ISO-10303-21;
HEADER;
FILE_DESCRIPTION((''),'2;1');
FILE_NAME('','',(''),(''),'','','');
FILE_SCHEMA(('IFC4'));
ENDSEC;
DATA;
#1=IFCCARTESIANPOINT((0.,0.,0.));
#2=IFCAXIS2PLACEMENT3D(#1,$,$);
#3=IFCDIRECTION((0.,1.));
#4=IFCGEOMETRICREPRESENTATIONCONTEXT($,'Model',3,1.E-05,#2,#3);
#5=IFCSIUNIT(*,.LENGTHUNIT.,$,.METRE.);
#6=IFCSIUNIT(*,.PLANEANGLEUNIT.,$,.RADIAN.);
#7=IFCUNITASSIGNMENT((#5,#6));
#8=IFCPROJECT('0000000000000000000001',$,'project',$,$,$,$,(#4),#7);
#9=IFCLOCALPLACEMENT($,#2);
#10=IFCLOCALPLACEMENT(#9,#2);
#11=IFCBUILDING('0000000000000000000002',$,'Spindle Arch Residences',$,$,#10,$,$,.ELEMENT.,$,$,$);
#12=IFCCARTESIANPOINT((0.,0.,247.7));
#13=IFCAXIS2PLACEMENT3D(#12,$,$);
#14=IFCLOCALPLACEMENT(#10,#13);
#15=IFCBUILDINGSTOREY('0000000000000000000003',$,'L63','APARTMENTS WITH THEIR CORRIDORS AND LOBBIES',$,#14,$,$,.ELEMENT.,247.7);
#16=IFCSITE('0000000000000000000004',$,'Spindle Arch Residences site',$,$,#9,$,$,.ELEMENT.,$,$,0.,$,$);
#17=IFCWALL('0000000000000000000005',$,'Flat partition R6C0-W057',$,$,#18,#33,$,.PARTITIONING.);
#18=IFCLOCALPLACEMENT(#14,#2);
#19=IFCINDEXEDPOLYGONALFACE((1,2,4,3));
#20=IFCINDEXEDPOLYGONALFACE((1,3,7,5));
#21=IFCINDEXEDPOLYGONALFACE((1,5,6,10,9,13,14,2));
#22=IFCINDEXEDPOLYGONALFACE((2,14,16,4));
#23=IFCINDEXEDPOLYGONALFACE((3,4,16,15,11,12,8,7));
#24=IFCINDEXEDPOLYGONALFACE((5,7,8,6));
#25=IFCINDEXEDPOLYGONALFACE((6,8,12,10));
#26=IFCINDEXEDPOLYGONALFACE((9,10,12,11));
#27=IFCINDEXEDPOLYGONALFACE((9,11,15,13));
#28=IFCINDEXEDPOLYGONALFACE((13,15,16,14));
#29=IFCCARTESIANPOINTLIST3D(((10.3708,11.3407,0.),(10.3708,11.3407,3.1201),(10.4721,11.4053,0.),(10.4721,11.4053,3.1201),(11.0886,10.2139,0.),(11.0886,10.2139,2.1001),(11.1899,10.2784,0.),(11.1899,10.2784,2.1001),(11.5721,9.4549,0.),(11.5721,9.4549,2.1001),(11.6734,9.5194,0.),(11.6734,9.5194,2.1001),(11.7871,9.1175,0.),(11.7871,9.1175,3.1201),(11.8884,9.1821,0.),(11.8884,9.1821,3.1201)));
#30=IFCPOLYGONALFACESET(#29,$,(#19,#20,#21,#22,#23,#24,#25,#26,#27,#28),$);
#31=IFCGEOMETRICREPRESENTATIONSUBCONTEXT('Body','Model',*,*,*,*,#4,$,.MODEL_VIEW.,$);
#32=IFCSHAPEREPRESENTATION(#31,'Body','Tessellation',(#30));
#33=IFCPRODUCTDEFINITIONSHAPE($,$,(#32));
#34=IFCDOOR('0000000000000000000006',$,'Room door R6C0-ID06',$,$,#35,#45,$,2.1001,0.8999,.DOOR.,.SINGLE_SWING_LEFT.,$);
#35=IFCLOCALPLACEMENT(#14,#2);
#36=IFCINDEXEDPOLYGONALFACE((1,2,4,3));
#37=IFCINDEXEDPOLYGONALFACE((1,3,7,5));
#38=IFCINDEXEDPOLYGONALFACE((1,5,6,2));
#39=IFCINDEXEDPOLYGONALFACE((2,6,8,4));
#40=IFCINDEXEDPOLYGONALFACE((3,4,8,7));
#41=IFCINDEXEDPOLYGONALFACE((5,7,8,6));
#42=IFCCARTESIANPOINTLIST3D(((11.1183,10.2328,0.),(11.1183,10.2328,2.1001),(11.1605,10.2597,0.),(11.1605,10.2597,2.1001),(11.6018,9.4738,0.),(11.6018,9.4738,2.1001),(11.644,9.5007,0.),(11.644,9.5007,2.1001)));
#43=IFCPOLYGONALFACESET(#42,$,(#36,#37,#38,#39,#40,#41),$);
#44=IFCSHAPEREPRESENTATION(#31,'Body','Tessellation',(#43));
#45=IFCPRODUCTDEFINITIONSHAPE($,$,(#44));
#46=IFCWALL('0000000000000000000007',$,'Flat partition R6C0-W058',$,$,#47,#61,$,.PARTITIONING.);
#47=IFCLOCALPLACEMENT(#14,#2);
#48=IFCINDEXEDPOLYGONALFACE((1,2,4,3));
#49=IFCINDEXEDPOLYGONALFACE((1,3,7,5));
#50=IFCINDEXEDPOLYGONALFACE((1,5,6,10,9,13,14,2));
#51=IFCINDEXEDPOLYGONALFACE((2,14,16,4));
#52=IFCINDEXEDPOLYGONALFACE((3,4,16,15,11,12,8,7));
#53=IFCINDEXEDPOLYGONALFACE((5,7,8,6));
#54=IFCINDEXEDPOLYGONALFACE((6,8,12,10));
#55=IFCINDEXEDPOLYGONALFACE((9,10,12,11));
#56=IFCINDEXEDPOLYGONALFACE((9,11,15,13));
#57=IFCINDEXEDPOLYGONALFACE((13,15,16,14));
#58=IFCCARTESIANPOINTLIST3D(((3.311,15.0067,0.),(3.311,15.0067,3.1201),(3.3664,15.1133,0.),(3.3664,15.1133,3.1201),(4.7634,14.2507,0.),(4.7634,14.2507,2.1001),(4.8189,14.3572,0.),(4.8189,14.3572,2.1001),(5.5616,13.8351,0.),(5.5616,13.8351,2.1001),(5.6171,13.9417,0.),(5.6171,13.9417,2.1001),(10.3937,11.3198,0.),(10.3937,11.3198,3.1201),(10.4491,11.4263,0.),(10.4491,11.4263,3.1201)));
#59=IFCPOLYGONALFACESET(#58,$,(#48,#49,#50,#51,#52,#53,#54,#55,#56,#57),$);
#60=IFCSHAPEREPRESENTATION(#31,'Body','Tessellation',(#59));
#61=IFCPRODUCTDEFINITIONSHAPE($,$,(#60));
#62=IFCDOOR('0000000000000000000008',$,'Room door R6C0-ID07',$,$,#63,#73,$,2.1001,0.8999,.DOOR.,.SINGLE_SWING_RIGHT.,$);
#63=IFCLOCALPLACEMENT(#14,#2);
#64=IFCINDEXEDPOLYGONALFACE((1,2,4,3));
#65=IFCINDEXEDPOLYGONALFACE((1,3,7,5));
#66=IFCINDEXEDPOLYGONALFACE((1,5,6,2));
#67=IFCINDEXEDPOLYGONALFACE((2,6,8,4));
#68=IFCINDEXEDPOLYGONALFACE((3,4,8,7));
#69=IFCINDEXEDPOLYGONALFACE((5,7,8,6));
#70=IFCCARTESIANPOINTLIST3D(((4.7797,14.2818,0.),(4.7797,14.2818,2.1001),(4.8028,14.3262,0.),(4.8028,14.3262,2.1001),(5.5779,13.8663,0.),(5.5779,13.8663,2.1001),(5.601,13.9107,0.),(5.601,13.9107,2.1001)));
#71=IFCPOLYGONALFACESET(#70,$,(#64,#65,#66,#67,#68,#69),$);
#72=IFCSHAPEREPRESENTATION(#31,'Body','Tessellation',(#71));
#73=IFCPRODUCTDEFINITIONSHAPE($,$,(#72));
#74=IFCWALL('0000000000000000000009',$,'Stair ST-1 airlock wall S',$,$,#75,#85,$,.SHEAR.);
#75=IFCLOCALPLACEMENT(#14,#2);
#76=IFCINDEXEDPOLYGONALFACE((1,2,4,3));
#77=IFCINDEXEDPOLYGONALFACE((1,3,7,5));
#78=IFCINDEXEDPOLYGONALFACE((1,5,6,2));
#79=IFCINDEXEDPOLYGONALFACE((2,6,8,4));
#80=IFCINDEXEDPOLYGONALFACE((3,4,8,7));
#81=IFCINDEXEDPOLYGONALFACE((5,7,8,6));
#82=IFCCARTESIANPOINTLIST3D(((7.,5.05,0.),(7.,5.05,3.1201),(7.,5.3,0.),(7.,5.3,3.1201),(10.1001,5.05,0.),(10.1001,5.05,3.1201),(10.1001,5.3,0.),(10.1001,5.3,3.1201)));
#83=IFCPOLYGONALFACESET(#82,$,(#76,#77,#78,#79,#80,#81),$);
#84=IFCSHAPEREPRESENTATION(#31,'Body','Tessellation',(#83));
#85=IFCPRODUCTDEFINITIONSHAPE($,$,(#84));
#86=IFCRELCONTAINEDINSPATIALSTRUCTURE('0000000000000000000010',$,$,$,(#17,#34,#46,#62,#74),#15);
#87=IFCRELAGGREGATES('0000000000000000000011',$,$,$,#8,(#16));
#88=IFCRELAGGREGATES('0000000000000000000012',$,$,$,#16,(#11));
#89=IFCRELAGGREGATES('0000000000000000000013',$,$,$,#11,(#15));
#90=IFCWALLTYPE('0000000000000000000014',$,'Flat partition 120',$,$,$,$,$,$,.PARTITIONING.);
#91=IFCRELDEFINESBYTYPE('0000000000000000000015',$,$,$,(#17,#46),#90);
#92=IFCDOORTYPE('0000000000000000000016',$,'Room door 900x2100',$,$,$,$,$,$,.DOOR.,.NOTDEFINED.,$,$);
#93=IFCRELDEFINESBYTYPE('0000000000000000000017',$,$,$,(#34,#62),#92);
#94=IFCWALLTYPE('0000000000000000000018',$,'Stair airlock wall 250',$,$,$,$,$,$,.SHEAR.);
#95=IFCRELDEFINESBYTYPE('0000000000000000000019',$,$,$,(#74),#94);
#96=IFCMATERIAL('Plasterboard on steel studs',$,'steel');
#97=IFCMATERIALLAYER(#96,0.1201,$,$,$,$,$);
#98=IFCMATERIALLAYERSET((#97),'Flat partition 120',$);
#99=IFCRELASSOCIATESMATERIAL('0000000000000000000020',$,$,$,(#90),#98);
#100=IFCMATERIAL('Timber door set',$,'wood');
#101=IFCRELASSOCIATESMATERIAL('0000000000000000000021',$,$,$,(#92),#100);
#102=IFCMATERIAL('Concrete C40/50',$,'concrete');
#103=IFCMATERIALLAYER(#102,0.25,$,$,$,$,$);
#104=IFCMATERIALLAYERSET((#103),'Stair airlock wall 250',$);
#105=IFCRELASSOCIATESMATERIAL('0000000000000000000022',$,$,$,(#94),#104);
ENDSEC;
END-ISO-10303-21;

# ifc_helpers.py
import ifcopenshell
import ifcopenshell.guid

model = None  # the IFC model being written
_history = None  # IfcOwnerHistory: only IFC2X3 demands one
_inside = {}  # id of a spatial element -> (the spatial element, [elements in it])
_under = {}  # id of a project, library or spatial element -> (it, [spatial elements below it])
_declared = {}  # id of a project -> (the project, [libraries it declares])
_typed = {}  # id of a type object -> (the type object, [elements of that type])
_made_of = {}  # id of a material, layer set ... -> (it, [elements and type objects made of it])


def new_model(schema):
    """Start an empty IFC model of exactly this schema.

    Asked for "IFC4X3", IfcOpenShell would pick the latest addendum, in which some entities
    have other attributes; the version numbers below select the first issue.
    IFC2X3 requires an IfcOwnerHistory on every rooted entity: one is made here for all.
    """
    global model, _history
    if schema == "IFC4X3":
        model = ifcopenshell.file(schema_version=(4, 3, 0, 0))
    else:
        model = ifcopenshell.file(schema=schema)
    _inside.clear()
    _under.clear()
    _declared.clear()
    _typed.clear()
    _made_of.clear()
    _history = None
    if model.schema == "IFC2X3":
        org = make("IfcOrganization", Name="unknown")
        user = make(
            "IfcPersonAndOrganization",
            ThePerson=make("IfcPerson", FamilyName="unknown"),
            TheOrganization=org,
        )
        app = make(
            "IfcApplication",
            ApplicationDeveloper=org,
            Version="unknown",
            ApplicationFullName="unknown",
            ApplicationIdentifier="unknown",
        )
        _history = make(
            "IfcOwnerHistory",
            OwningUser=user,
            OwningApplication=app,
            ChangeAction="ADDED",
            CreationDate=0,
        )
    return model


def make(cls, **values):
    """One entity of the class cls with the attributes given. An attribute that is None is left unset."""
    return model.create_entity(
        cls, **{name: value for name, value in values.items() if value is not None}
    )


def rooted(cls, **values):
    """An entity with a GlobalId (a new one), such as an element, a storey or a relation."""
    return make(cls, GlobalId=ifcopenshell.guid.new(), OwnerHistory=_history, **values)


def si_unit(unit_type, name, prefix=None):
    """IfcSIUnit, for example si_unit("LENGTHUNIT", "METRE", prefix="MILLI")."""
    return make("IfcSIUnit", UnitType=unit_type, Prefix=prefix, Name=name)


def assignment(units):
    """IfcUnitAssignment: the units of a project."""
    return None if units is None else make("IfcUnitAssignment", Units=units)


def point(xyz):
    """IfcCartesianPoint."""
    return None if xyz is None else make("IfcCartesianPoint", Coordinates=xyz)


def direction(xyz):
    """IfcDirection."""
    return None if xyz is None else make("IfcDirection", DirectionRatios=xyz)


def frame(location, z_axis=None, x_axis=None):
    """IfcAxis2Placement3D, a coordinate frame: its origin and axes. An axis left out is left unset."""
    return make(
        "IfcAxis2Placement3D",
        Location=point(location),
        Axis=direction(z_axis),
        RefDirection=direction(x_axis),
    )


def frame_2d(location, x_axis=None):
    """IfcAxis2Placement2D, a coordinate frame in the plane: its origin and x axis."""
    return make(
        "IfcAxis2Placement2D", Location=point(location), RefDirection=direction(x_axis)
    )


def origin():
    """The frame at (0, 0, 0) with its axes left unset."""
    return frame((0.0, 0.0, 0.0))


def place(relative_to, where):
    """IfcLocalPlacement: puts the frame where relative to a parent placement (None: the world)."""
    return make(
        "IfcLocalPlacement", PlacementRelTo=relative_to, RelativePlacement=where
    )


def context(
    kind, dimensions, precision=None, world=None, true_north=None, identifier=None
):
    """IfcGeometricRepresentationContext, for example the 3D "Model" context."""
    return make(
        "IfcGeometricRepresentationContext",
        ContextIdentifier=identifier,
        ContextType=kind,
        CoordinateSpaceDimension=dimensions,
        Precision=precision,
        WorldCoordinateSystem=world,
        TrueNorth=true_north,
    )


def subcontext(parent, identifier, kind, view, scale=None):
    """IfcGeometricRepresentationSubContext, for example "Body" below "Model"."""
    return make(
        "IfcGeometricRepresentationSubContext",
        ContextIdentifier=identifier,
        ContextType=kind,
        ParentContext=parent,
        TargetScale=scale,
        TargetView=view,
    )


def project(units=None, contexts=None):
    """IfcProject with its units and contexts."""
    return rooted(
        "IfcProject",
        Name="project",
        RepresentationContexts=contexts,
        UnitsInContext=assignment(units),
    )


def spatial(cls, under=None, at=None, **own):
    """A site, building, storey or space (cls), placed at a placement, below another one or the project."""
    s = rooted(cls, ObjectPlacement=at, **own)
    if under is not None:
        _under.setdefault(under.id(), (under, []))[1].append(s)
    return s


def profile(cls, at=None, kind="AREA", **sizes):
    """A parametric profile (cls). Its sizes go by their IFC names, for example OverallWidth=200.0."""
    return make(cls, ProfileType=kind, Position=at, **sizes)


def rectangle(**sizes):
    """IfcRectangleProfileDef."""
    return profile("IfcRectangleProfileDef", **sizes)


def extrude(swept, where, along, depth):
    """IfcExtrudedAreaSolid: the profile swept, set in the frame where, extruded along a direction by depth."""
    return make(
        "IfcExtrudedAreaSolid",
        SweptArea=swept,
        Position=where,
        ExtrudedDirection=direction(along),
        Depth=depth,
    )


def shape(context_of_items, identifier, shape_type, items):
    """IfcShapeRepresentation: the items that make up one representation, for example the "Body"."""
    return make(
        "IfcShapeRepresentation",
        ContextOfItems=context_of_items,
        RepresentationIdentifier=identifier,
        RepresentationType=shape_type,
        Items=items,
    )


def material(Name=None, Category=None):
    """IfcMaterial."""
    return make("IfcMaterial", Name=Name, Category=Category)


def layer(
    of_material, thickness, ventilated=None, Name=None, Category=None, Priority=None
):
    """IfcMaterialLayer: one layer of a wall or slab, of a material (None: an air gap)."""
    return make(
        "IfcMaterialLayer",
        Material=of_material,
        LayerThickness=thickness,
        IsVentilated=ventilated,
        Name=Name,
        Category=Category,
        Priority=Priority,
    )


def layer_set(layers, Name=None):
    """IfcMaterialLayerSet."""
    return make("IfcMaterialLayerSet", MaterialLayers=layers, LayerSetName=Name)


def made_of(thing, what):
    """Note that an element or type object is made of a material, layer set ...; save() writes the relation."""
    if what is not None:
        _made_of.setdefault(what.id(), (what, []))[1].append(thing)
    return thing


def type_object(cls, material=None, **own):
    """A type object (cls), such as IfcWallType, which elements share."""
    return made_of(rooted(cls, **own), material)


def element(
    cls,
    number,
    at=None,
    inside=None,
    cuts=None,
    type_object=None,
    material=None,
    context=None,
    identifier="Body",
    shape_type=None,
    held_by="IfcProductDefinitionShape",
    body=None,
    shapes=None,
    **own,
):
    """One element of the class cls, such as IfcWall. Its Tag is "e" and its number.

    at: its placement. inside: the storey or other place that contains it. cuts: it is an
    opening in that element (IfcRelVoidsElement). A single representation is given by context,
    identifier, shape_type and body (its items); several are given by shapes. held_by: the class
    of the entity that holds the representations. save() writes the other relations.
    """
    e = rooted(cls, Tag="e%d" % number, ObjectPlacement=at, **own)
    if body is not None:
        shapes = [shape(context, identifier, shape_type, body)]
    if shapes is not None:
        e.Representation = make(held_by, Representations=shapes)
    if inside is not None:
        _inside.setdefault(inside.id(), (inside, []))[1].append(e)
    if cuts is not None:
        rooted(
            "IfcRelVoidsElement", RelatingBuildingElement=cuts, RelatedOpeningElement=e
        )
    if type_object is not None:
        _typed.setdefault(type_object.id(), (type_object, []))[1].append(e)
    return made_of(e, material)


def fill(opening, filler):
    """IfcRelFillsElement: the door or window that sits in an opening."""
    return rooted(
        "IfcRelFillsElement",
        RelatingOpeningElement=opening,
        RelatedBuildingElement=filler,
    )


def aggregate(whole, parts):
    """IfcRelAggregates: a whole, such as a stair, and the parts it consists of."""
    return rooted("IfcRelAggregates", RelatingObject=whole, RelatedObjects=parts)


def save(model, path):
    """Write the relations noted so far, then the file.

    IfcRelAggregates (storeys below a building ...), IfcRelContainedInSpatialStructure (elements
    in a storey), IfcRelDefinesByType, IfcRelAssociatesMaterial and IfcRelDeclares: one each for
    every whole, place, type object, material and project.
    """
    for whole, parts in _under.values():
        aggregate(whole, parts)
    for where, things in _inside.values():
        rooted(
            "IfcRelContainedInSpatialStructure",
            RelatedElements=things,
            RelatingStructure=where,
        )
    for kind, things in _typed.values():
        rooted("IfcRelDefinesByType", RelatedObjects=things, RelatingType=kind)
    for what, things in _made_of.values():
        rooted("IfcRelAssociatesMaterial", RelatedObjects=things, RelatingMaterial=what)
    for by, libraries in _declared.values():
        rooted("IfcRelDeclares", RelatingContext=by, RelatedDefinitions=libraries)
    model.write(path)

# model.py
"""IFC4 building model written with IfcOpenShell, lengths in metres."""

from ifc_helpers import new_model, si_unit, direction, frame, frame_2d, origin, place, context, subcontext, project, spatial, rectangle, extrude, material, layer, layer_set, type_object, element, fill, save


model = new_model("IFC4")

# Units and contexts
model_context = context("Model", 3, precision=1e-05, world=origin(), true_north=direction((0.0, 1.0)))
body_context = subcontext(model_context, "Body", "Model", "MODEL_VIEW")
ifc_project = project(units=[si_unit("LENGTHUNIT", "METRE"), si_unit("PLANEANGLEUNIT", "RADIAN")], contexts=[model_context])

# Site, building, storey
site_placement = place(None, origin())
site = spatial("IfcSite", under=ifc_project, at=site_placement, Name="Spindle Arch Residences site", CompositionType="ELEMENT", RefElevation=0.0)
building_placement = place(site_placement, origin())
building = spatial("IfcBuilding", under=site, at=building_placement, Name="Spindle Arch Residences", CompositionType="ELEMENT")
storey_placement = place(building_placement, frame((0.0, 0.0, 247.7)))
storey = spatial("IfcBuildingStorey", under=building, at=storey_placement, Name="L63", Description="APARTMENTS WITH THEIR CORRIDORS AND LOBBIES", CompositionType="ELEMENT", Elevation=247.7)

# Shared definitions
ifc_material_1 = material(Name="Plasterboard on steel studs", Category="steel")
ifc_layer_1 = layer(ifc_material_1, 0.1201)
ifc_layer_set_1 = layer_set([ifc_layer_1], Name="Flat partition 120")
wall_type_1 = type_object("IfcWallType", Name="Flat partition 120", PredefinedType="PARTITIONING", material=ifc_layer_set_1)
ifc_material_2 = material(Name="Timber door set", Category="wood")
door_type_1 = type_object("IfcDoorType", Name="Room door 900x2100", OperationType="NOTDEFINED", PredefinedType="DOOR", material=ifc_material_2)

# Walls, openings, doors
wall_1_placement = place(storey_placement, frame((11.8376, 9.1499, 0.0), z_axis=(0.0, 0.0, 1.0), x_axis=(-0.537289, 0.843398, 0.0)))
wall_1 = element("IfcWall", 1, at=wall_1_placement, inside=storey, type_object=wall_type_1, Name="Flat partition R6C0-W057", PredefinedType="PARTITIONING", context=body_context, shape_type="SweptSolid", body=[
    extrude(rectangle(XDim=2.636, YDim=0.1201, at=frame_2d((1.3179, 0.0))), origin(), (0.0, 0.0, 1.0), 3.1201),
])
opening_1_placement = place(wall_1_placement, frame((0.3999, 0.0, 0.0)))
opening_1 = element("IfcOpeningElement", 2, at=opening_1_placement, cuts=wall_1, PredefinedType="OPENING", context=body_context, shape_type="SweptSolid", body=[
    extrude(rectangle(XDim=0.8999, YDim=2.1001, at=frame_2d((0.45, 1.05))), frame((0.0, 0.0701, 0.0), z_axis=(0.0, -1.0, 0.0), x_axis=(1.0, 0.0, 0.0)), (0.0, 0.0, 1.0), 0.1401),
])
door_1_placement = place(opening_1_placement, origin())
door_1 = element("IfcDoor", 3, at=door_1_placement, inside=storey, type_object=door_type_1, Name="Room door R6C0-ID06", OperationType="SINGLE_SWING_LEFT", OverallHeight=2.1001, OverallWidth=0.8999, PredefinedType="DOOR", context=body_context, shape_type="SweptSolid", body=[
    extrude(rectangle(XDim=0.8999, YDim=2.1001, at=frame_2d((0.45, 1.05))), frame((0.0, 0.0249, 0.0), z_axis=(0.0, -1.0, 0.0), x_axis=(1.0, 0.0, 0.0)), (0.0, 0.0, 1.0), 0.05),
])
fill(opening_1, door_1)
wall_2_placement = place(storey_placement, frame((10.4214, 11.373, 0.0), z_axis=(0.0, 0.0, 1.0), x_axis=(-0.887013, 0.461745, 0.0)))
wall_2 = element("IfcWall", 4, at=wall_2_placement, inside=storey, type_object=wall_type_1, Name="Flat partition R6C0-W058", PredefinedType="PARTITIONING", context=body_context, shape_type="SweptSolid", body=[
    extrude(rectangle(XDim=7.9849, YDim=0.1201, at=frame_2d((3.9924, 0.0))), origin(), (0.0, 0.0, 1.0), 3.1201),
])
opening_2_placement = place(wall_2_placement, frame((5.4475, 0.0, 0.0)))
opening_2 = element("IfcOpeningElement", 5, at=opening_2_placement, cuts=wall_2, PredefinedType="OPENING", context=body_context, shape_type="SweptSolid", body=[
    extrude(rectangle(XDim=0.8999, YDim=2.1001, at=frame_2d((0.45, 1.05))), frame((0.0, 0.0701, 0.0), z_axis=(0.0, -1.0, 0.0), x_axis=(1.0, 0.0, 0.0)), (0.0, 0.0, 1.0), 0.1401),
])
door_2_placement = place(opening_2_placement, origin())
door_2 = element("IfcDoor", 6, at=door_2_placement, inside=storey, type_object=door_type_1, Name="Room door R6C0-ID07", OperationType="SINGLE_SWING_RIGHT", OverallHeight=2.1001, OverallWidth=0.8999, PredefinedType="DOOR", context=body_context, shape_type="SweptSolid", body=[
    extrude(rectangle(XDim=0.8999, YDim=2.1001, at=frame_2d((0.45, 1.05))), frame((0.0, 0.0249, 0.0), z_axis=(0.0, -1.0, 0.0), x_axis=(1.0, 0.0, 0.0)), (0.0, 0.0, 1.0), 0.05),
])
fill(opening_2, door_2)

# Wall
ifc_material_3 = material(Name="Concrete C40/50", Category="concrete")
ifc_layer_2 = layer(ifc_material_3, 0.25)
ifc_layer_set_2 = layer_set([ifc_layer_2], Name="Stair airlock wall 250")
wall_type_2 = type_object("IfcWallType", Name="Stair airlock wall 250", PredefinedType="SHEAR", material=ifc_layer_set_2)
wall_3_placement = place(storey_placement, frame((7.0, 5.175, 0.0), z_axis=(0.0, 0.0, 1.0), x_axis=(1.0, 0.0, 0.0)))
element("IfcWall", 7, at=wall_3_placement, inside=storey, type_object=wall_type_2, Name="Stair ST-1 airlock wall S", PredefinedType="SHEAR", context=body_context, shape_type="SweptSolid", body=[
    extrude(rectangle(XDim=3.1001, YDim=0.25, at=frame_2d((1.55, 0.0))), origin(), (0.0, 0.0, 1.0), 3.1201),
])

save(model, "model.ifc")
